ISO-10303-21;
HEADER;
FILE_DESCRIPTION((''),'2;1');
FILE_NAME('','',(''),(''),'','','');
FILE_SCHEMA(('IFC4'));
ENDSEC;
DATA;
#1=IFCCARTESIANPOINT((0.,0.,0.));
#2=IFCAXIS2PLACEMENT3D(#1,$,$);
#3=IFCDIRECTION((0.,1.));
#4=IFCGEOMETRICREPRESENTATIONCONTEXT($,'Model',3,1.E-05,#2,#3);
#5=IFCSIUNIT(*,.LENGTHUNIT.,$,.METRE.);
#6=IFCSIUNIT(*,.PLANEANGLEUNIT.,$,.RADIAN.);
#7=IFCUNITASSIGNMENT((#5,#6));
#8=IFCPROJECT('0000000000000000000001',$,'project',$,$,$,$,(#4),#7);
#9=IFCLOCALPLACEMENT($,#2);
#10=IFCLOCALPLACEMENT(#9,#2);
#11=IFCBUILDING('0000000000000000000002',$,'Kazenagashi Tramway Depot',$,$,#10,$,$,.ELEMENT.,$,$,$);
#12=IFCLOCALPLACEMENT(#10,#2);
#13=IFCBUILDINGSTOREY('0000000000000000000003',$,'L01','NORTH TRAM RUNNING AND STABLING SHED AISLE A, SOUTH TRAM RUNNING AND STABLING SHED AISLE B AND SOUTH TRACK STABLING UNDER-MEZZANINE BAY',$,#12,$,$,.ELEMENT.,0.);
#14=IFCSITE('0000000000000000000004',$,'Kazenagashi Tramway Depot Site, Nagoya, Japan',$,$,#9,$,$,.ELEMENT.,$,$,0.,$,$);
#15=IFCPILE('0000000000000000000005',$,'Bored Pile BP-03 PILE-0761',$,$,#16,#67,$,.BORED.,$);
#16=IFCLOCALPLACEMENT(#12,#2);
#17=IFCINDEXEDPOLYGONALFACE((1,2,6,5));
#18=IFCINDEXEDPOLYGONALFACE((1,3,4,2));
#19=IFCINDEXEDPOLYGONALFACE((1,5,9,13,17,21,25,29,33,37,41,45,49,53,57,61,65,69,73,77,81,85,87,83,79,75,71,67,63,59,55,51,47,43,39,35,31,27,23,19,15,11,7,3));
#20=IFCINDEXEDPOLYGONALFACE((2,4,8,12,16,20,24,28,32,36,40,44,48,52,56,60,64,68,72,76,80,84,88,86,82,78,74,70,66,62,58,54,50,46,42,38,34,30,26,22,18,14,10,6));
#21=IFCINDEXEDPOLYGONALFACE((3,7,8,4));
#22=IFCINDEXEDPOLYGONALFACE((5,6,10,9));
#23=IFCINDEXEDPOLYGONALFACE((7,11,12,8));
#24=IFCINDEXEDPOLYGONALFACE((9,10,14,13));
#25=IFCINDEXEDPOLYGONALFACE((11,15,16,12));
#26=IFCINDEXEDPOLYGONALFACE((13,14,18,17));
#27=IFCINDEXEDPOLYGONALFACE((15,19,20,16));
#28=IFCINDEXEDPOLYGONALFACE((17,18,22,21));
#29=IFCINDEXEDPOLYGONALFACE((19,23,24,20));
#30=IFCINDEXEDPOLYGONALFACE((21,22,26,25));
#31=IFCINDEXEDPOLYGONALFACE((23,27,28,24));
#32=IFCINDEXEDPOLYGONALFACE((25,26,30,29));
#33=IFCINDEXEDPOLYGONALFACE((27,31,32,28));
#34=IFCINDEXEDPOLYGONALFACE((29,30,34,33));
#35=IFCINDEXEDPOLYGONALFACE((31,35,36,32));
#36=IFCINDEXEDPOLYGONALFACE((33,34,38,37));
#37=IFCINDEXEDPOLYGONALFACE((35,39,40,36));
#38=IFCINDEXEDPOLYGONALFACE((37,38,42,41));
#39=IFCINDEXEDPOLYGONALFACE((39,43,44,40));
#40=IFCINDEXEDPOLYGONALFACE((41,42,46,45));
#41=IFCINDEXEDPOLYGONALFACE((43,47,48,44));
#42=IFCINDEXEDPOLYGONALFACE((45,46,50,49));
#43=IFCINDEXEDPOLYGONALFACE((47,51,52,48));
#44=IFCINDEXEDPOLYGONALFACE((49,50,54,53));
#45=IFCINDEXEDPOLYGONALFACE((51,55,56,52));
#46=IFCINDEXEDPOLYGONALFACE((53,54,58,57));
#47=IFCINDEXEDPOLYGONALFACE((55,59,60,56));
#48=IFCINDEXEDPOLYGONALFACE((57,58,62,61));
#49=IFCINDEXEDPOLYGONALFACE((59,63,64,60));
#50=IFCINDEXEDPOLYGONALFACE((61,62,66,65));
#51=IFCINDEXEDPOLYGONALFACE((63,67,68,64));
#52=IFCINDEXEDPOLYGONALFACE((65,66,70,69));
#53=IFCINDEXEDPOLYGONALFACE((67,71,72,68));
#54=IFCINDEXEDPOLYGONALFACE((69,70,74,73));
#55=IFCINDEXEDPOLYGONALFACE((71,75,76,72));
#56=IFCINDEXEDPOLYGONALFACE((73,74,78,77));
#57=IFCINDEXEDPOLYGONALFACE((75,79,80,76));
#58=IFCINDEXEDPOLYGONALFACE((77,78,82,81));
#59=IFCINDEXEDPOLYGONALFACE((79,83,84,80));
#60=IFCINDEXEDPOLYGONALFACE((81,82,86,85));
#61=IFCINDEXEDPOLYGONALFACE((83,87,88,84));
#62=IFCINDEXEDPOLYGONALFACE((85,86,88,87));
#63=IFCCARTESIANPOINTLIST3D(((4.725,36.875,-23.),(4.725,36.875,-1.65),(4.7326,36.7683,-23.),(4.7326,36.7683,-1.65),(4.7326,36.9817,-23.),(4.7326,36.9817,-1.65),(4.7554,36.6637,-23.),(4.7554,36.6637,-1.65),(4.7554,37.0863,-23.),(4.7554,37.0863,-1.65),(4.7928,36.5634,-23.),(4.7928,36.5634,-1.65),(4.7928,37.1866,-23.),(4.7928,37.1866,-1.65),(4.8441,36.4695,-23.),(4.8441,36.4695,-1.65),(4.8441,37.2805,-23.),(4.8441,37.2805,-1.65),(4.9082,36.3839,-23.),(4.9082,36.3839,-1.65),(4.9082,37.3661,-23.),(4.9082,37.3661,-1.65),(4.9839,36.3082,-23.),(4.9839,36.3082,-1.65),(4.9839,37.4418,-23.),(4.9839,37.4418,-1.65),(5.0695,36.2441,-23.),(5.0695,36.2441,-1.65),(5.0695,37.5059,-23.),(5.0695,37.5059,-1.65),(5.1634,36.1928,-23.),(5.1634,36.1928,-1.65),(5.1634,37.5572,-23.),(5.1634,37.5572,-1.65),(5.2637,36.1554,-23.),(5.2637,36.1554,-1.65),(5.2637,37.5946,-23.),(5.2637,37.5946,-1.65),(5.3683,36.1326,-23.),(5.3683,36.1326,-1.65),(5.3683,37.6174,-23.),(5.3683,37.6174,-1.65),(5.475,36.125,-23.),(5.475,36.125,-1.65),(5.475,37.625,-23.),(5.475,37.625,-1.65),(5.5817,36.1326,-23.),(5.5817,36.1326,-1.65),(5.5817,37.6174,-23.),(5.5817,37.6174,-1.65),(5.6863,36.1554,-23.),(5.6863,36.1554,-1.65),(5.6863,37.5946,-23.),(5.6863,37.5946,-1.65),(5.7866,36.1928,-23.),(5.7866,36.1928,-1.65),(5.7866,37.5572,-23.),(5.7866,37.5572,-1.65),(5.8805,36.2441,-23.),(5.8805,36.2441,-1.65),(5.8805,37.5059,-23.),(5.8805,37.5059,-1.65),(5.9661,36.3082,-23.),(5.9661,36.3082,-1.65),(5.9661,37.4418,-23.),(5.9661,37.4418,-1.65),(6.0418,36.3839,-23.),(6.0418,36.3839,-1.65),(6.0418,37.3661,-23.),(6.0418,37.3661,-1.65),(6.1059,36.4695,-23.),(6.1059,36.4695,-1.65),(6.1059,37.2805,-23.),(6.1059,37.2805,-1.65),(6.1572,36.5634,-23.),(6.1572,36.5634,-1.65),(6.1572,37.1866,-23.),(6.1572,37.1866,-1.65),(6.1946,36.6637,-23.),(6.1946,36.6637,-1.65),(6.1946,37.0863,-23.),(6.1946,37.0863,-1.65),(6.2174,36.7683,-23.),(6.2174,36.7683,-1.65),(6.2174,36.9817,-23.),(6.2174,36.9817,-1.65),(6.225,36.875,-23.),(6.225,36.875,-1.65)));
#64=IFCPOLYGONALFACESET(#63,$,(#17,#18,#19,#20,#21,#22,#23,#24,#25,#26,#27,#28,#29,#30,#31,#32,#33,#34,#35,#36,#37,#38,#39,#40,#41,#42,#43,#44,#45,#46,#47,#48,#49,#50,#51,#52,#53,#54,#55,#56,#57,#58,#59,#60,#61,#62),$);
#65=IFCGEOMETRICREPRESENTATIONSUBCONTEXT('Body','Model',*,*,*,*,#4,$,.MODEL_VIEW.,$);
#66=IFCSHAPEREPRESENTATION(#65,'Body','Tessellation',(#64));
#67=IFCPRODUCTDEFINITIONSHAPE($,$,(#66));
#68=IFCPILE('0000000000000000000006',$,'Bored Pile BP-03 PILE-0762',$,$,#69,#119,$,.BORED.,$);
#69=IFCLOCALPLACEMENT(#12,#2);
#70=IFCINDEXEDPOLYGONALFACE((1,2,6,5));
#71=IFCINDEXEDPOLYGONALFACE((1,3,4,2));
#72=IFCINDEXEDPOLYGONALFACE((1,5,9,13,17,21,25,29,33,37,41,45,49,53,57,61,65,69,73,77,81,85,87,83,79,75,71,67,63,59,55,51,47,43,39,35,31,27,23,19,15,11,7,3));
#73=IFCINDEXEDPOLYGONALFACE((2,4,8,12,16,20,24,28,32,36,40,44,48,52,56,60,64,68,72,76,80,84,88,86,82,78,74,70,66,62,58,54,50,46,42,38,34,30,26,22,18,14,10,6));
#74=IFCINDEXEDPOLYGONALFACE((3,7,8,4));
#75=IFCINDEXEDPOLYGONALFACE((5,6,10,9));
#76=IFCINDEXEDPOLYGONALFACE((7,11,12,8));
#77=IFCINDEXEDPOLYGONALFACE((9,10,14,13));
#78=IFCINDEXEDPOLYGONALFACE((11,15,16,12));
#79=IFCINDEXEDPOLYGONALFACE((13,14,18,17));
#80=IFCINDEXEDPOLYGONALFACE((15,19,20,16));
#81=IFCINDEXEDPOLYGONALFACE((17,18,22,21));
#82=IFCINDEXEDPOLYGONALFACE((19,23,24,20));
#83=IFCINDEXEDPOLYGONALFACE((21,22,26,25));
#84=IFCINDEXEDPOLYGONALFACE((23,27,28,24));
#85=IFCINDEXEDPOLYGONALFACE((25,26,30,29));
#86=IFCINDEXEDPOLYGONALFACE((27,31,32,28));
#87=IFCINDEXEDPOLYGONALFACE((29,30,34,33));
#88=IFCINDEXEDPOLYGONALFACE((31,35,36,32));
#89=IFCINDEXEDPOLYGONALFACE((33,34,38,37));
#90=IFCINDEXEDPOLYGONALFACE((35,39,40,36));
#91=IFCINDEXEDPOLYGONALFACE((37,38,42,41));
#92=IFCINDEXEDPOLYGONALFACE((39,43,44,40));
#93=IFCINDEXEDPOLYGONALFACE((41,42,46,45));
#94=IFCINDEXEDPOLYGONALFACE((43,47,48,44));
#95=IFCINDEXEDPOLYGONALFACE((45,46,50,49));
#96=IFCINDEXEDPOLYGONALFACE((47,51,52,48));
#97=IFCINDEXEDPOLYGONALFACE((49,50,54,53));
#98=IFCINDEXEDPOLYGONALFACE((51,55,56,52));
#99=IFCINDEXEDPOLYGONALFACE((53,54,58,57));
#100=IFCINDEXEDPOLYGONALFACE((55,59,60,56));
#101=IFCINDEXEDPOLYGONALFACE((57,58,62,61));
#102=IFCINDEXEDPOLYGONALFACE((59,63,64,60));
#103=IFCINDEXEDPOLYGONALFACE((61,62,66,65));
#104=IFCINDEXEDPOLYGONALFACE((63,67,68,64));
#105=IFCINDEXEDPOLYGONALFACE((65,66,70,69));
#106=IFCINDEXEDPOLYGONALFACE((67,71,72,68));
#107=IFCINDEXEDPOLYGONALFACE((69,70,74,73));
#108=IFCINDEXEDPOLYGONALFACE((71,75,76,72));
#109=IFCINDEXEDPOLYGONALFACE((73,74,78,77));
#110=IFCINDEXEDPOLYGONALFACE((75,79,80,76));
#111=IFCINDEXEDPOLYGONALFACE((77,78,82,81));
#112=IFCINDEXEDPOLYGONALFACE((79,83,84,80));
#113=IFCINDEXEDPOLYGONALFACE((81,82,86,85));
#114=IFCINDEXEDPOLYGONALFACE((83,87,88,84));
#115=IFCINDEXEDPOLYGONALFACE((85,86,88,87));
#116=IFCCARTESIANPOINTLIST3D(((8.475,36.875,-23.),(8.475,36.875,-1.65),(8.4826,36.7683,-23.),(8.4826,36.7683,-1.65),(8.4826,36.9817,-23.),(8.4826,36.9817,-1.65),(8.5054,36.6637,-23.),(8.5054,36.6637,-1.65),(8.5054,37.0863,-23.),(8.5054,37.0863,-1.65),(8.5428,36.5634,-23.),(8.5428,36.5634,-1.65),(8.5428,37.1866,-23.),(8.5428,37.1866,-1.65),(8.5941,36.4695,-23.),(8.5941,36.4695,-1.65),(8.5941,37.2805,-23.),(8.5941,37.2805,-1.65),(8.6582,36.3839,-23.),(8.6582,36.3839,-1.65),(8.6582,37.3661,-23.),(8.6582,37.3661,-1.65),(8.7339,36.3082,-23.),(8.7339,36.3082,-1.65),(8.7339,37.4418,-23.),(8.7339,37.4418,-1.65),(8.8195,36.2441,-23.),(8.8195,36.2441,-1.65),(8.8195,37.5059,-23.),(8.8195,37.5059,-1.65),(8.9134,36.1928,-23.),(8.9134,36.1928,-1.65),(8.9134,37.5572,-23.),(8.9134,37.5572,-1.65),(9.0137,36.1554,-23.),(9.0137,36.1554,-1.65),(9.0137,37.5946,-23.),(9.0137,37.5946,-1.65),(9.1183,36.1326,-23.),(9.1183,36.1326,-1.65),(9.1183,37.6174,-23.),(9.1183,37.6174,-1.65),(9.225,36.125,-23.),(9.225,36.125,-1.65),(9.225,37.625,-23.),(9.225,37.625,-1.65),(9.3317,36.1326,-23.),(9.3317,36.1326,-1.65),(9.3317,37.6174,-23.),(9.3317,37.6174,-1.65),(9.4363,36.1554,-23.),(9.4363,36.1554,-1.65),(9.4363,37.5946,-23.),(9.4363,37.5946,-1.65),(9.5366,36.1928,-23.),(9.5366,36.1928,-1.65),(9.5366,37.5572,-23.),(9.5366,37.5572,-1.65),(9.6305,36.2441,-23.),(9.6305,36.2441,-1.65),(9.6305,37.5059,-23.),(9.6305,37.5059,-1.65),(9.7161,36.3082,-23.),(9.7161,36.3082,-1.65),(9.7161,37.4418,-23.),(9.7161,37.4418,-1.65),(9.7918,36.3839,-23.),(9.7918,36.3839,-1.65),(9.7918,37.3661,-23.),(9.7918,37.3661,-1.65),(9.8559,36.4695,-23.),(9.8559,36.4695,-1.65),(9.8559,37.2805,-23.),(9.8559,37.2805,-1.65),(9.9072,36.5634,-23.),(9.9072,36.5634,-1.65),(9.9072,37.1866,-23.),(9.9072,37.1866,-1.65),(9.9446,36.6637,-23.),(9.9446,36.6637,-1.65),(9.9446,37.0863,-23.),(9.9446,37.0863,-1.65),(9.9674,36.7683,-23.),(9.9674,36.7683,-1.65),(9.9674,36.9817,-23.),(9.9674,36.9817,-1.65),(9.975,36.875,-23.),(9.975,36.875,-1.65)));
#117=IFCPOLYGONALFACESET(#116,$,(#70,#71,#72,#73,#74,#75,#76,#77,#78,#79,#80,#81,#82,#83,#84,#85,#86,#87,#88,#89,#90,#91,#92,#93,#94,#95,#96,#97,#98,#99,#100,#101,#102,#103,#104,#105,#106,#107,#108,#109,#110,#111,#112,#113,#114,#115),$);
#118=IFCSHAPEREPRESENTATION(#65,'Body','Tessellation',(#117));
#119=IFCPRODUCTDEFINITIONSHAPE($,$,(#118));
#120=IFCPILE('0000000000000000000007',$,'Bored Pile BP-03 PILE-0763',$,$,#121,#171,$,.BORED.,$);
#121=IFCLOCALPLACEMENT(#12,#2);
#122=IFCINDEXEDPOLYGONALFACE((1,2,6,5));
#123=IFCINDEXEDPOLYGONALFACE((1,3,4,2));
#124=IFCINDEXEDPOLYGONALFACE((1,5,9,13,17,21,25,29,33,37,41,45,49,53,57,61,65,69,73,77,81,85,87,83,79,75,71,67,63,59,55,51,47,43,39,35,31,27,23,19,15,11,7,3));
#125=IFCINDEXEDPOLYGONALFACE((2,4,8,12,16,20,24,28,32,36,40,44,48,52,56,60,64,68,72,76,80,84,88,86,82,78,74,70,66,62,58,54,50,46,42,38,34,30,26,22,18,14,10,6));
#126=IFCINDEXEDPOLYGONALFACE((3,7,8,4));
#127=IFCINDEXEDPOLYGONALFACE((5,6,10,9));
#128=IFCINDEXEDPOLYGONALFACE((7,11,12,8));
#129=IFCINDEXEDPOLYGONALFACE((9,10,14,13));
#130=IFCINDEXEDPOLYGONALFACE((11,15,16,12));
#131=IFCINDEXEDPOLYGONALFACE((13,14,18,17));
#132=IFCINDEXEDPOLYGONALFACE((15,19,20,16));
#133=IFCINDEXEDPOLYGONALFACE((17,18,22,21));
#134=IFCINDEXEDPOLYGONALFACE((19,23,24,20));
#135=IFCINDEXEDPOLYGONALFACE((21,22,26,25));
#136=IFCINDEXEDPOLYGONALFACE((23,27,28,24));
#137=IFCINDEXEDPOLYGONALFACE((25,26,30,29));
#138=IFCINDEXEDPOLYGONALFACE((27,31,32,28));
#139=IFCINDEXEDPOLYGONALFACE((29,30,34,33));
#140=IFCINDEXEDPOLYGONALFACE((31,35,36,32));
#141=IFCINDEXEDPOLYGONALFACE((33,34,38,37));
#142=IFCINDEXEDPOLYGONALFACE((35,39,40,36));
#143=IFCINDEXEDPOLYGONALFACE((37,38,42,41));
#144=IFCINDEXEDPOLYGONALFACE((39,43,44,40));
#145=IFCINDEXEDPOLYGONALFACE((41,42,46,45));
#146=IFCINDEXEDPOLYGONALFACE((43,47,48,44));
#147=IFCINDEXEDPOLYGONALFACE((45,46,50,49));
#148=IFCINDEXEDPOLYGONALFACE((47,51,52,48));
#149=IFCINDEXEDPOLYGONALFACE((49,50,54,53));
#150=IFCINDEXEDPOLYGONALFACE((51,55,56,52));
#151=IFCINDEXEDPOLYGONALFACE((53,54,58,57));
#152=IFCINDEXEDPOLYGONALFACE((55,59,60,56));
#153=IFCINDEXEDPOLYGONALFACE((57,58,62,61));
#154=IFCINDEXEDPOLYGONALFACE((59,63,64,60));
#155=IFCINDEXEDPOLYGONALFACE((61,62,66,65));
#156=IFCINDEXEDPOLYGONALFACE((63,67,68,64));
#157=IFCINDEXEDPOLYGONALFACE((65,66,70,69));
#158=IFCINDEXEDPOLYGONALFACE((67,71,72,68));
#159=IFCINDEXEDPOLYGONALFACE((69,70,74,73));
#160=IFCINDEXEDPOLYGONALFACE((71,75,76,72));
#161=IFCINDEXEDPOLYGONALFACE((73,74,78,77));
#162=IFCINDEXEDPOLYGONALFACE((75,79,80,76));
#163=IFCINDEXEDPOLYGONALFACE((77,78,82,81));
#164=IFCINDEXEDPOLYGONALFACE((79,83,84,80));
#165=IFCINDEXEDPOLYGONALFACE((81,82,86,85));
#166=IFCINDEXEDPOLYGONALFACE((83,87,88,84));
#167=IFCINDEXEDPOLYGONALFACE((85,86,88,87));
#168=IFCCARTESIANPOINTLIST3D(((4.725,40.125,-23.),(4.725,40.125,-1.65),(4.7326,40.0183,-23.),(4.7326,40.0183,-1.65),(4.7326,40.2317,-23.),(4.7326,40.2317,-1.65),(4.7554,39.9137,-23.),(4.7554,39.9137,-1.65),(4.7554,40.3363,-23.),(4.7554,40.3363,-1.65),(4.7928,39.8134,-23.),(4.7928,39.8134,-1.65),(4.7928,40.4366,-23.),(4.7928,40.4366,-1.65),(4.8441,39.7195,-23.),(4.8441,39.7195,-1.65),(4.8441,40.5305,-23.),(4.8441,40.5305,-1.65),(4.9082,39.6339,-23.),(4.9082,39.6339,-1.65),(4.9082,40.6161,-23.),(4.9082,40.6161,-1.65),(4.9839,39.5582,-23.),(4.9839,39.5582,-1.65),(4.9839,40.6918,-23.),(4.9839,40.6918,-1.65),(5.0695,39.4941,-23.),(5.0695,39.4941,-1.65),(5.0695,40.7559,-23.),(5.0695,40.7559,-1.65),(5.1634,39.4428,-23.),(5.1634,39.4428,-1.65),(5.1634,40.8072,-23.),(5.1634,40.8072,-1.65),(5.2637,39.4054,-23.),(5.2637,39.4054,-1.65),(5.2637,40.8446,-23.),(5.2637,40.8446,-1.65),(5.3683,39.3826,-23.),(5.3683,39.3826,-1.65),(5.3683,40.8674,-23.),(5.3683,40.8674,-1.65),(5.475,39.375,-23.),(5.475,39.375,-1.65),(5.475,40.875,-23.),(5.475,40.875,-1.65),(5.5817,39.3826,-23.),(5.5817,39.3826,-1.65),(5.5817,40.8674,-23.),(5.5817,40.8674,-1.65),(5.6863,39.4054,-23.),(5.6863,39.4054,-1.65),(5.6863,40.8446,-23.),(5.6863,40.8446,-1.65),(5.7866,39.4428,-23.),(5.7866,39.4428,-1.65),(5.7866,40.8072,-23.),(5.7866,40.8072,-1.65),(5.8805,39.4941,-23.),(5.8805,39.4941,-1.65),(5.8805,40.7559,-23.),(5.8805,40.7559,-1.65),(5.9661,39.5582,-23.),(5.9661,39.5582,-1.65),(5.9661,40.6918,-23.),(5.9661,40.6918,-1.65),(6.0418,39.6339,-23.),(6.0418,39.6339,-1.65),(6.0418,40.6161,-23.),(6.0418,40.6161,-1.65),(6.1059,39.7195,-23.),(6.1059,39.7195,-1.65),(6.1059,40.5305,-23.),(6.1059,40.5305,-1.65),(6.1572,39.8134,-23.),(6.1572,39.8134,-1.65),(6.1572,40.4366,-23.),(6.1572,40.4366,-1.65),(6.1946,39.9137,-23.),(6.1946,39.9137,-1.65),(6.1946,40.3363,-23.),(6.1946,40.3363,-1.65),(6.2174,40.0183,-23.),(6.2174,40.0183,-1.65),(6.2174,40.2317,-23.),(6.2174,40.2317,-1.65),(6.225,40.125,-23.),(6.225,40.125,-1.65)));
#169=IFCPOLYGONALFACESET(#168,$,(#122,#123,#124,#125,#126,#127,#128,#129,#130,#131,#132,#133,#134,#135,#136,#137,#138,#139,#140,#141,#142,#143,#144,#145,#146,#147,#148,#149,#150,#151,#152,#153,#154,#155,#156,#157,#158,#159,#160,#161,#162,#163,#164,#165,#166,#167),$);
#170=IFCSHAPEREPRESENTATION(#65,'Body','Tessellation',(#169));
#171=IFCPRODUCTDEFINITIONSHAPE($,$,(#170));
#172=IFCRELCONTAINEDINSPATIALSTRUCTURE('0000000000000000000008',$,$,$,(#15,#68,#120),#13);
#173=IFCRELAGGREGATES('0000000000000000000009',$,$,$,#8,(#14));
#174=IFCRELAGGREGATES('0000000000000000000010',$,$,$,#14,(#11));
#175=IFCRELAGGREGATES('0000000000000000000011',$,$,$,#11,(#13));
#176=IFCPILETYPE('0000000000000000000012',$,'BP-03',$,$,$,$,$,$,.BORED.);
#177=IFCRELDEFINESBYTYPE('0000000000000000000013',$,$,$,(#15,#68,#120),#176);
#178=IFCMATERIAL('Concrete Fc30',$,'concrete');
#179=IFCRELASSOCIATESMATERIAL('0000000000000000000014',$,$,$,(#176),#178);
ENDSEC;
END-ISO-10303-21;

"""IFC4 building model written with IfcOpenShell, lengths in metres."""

from ifc_helpers import new_model, si_unit, direction, frame, origin, origin_2d, place, context, subcontext, project, spatial, circle, extrude, material, material_profile, profile_set, type_object, element, save


model = new_model("IFC4")

# Units and contexts
model_context = context("Model", 3, precision=1e-05, world=origin(), true_north=direction((0.0, 1.0)))
body_context = subcontext(model_context, "Body", "Model", "MODEL_VIEW")
ifc_project = project(units=[si_unit("LENGTHUNIT", "METRE"), si_unit("PLANEANGLEUNIT", "RADIAN")], contexts=[model_context])

# Site, building, storey
site_placement = place(None, origin())
site = spatial("IfcSite", under=ifc_project, at=site_placement, Name="Kazenagashi Tramway Depot Site, Nagoya, Japan", CompositionType="ELEMENT", RefElevation=0.0)
building_placement = place(site_placement, origin())
building = spatial("IfcBuilding", under=site, at=building_placement, Name="Kazenagashi Tramway Depot", CompositionType="ELEMENT")
storey_placement = place(building_placement, origin())
storey = spatial("IfcBuildingStorey", under=building, at=storey_placement, Name="L01", Description="NORTH TRAM RUNNING AND STABLING SHED AISLE A, SOUTH TRAM RUNNING AND STABLING SHED AISLE B AND SOUTH TRACK STABLING UNDER-MEZZANINE BAY", CompositionType="ELEMENT", Elevation=0.0)

# Piles
ifc_material_1 = material(Name="Concrete Fc30", Category="concrete")
ifc_material_profile_1 = material_profile(ifc_material_1, circle(Radius=0.75, at=origin_2d()), Name="PILE-1500")
ifc_profile_set_1 = profile_set([ifc_material_profile_1], Name="Concrete Fc30")
pile_type = type_object("IfcPileType", Name="BP-03", PredefinedType="BORED", material=ifc_profile_set_1)
for number, where, z_axis, x_axis, name in (
    (1, (5.475, 36.875, -1.65), (0.0, 0.0, -1.0), (1.0, 0.0, 0.0), "Bored Pile BP-03 PILE-0761"),
    (2, (9.225, 36.875, -1.65), (0.0, 0.0, -1.0), (1.0, 0.0, 0.0), "Bored Pile BP-03 PILE-0762"),
    (3, (5.475, 40.125, -1.65), (0.0, 0.0, -1.0), (1.0, 0.0, 0.0), "Bored Pile BP-03 PILE-0763"),
):
    element("IfcPile", number, at=place(storey_placement, frame(where, z_axis=z_axis, x_axis=x_axis)), inside=storey, type_object=pile_type, Name=name, PredefinedType="BORED", context=body_context, shape_type="SweptSolid", body=[
        extrude(circle(Radius=0.75, at=origin_2d()), origin(), (0.0, 0.0, 1.0), 21.35),
    ])

save(model, "model.ifc")
